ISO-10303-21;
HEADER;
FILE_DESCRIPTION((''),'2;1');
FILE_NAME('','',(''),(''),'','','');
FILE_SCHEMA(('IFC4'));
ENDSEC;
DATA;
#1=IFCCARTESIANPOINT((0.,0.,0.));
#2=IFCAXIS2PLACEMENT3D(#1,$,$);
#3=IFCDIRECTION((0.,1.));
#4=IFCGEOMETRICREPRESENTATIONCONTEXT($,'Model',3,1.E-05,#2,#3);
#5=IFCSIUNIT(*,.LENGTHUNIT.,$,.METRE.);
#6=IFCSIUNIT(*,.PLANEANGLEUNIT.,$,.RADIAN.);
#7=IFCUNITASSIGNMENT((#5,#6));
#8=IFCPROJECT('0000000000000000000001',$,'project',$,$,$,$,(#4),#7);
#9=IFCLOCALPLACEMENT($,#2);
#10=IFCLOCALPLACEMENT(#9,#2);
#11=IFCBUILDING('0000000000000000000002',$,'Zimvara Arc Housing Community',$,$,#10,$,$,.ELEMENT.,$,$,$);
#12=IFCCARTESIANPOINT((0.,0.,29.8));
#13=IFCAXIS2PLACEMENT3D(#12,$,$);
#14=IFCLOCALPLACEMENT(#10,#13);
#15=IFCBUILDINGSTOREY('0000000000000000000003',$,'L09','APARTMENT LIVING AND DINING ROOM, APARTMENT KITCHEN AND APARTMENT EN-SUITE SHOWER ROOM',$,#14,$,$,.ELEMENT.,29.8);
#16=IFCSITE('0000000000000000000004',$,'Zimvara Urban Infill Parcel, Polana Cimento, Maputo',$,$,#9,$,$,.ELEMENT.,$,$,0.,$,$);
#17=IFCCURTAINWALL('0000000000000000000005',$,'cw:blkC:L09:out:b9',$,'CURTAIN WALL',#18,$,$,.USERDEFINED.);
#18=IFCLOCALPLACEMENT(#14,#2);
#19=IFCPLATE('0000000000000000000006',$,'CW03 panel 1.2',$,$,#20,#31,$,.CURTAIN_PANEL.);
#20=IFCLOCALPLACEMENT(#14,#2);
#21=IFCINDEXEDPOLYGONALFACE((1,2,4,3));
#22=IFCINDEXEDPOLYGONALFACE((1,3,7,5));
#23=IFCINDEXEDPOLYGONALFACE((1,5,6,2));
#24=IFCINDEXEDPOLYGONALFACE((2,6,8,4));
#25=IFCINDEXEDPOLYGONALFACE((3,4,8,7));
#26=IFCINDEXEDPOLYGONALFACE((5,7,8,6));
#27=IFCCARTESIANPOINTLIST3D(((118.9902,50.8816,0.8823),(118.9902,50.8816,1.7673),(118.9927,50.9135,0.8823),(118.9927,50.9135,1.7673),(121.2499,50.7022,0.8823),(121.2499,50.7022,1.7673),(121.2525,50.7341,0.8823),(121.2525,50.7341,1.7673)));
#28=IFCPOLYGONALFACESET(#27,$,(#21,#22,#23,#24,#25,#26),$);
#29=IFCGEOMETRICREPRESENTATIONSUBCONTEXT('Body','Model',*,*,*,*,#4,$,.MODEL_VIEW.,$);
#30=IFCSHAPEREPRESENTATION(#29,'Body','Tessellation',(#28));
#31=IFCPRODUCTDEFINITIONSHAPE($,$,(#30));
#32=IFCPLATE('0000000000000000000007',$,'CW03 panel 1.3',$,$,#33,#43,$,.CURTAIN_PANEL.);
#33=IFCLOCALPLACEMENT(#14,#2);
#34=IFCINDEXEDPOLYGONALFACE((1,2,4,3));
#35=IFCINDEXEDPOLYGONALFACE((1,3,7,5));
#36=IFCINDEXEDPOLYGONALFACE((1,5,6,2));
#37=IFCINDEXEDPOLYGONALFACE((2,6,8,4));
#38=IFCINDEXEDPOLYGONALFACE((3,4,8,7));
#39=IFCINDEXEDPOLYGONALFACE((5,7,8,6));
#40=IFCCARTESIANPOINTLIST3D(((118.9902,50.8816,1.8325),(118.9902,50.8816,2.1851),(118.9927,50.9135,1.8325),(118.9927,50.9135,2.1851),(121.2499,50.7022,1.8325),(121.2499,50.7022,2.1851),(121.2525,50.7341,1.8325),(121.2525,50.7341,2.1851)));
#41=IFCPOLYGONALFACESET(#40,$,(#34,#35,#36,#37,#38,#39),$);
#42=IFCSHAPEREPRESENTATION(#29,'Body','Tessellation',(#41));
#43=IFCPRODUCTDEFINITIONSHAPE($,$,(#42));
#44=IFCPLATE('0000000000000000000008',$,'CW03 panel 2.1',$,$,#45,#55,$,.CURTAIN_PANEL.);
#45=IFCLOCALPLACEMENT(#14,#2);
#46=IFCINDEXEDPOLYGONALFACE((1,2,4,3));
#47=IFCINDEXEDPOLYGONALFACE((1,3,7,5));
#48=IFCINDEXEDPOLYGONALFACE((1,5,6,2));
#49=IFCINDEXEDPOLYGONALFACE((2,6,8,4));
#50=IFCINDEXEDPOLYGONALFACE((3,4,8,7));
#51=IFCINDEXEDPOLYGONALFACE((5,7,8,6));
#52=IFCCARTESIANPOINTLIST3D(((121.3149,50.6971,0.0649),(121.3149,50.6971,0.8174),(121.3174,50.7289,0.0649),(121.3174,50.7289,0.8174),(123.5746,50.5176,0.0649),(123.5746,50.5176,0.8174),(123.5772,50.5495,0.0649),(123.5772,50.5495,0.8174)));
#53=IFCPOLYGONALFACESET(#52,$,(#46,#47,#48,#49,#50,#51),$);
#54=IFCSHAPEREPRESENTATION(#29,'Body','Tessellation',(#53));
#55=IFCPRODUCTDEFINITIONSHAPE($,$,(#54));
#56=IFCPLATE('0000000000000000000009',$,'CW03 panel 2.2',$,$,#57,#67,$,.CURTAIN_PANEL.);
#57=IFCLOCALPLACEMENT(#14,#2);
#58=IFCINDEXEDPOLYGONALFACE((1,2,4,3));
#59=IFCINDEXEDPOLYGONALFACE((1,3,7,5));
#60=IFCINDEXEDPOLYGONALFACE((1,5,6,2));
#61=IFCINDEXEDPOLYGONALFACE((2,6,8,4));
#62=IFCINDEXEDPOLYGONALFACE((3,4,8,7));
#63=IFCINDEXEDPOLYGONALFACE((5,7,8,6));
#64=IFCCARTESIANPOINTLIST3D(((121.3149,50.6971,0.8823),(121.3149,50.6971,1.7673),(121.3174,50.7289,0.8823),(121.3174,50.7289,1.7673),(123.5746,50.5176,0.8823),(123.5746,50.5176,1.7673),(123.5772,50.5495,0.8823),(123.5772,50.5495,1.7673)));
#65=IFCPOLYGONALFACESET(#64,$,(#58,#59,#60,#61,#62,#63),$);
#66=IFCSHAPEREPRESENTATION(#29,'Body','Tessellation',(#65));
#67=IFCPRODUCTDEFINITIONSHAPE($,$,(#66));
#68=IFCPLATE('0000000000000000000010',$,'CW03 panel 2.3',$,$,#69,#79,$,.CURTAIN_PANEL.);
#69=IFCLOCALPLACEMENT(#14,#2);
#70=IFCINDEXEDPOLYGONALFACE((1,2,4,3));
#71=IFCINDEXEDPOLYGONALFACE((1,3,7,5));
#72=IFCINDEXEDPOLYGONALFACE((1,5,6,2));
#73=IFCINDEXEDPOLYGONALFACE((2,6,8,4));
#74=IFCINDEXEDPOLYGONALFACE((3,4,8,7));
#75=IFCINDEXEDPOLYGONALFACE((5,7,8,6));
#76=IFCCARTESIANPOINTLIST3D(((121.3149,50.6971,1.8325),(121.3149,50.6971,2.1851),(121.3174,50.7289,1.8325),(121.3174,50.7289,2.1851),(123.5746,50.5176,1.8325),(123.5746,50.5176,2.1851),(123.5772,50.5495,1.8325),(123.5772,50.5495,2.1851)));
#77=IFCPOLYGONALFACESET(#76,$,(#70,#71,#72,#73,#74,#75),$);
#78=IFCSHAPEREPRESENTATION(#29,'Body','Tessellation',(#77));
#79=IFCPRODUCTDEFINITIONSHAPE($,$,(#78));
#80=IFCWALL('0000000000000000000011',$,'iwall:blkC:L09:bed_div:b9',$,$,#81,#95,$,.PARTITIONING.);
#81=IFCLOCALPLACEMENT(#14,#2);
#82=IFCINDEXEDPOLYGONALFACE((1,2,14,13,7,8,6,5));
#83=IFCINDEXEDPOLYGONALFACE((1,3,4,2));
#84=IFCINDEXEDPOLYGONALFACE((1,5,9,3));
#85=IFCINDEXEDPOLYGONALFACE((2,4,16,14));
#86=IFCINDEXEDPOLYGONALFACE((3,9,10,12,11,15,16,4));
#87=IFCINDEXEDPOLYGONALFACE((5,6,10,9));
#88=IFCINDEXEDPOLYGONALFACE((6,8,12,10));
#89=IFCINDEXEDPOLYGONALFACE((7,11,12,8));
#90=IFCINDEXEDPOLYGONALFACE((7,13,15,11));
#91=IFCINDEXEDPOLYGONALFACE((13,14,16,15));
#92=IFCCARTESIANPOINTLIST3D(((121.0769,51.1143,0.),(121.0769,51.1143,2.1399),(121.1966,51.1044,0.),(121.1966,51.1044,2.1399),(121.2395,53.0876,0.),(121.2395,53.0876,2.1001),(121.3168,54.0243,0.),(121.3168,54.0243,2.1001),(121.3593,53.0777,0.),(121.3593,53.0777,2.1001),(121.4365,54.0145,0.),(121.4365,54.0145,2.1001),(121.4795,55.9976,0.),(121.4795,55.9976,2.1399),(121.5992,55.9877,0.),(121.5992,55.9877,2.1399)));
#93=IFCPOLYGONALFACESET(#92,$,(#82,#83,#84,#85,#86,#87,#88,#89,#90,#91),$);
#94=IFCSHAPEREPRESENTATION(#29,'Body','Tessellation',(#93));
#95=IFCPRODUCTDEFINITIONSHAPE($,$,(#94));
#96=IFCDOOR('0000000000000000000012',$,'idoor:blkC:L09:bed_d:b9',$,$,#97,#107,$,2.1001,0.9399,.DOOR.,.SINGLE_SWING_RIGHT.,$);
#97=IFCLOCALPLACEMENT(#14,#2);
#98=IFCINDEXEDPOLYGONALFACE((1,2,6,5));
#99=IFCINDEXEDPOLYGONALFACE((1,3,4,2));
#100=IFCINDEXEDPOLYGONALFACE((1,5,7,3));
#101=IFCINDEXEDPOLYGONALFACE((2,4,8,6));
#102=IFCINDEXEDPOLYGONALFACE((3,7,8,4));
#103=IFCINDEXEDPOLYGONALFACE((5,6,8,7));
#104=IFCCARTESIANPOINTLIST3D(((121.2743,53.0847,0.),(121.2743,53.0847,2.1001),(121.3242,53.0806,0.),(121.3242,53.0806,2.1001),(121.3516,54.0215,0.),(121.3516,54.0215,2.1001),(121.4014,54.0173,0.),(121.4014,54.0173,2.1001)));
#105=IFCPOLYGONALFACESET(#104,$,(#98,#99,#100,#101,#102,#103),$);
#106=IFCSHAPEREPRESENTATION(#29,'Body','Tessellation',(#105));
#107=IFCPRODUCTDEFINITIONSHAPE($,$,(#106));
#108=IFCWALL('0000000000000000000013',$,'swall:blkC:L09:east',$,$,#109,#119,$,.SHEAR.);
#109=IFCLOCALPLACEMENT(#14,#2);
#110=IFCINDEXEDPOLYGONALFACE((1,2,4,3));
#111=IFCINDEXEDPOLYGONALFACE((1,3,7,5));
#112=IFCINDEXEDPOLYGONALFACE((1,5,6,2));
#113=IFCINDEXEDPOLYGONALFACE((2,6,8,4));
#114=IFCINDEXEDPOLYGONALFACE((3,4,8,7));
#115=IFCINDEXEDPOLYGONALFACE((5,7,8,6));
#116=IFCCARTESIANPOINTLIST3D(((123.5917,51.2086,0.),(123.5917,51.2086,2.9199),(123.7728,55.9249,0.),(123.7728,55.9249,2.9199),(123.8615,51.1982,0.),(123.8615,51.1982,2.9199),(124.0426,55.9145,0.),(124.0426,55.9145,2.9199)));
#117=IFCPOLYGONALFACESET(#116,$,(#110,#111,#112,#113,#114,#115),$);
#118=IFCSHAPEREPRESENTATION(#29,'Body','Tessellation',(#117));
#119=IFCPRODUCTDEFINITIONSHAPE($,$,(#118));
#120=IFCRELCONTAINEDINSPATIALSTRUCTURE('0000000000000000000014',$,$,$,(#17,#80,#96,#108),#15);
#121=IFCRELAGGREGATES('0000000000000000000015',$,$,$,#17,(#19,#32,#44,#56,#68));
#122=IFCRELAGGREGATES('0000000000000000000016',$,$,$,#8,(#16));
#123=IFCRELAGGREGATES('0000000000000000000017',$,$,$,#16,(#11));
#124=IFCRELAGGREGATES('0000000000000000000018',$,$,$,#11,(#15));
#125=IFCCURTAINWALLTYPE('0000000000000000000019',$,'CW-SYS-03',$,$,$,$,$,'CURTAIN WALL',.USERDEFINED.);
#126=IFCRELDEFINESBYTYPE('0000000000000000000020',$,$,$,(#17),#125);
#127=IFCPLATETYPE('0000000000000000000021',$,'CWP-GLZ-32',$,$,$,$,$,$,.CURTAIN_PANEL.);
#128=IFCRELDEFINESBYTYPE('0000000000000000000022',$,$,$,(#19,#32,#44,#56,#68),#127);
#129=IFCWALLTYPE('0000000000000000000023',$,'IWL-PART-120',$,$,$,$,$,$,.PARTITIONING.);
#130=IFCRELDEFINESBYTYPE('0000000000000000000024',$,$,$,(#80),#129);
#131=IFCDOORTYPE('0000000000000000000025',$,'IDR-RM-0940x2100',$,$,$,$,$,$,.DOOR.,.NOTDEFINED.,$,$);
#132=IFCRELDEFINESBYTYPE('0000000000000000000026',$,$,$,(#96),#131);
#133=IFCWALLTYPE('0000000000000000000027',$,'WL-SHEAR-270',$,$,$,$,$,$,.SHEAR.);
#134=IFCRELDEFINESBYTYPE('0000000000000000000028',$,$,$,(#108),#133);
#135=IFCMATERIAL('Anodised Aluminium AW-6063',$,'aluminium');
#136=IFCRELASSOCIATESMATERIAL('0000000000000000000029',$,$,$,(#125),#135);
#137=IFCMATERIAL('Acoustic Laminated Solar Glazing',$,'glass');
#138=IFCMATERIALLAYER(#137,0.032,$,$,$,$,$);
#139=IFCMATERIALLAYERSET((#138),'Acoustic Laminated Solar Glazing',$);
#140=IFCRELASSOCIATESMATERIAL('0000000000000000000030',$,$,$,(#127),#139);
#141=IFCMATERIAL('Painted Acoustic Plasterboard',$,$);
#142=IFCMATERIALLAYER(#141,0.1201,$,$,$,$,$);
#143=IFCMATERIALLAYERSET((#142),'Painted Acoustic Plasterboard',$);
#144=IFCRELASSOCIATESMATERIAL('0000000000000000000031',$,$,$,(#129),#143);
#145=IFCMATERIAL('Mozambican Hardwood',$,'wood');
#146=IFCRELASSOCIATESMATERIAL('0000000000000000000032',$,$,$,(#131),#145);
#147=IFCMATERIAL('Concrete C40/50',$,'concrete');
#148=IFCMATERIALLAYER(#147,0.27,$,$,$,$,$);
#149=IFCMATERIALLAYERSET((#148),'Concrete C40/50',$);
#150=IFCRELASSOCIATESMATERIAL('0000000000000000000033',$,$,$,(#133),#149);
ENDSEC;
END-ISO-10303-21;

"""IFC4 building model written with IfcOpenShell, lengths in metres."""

from ifc_helpers import new_model, si_unit, direction, frame, frame_2d, origin, origin_2d, place, context, subcontext, project, spatial, rectangle, extrude, material, layer, layer_set, type_object, element, fill, aggregate, save


model = new_model("IFC4")

# Units and contexts
model_context = context("Model", 3, precision=1e-05, world=origin(), true_north=direction((0.0, 1.0)))
body_context = subcontext(model_context, "Body", "Model", "MODEL_VIEW")
ifc_project = project(units=[si_unit("LENGTHUNIT", "METRE"), si_unit("PLANEANGLEUNIT", "RADIAN")], contexts=[model_context])

# Site, building, storey
site_placement = place(None, origin())
site = spatial("IfcSite", under=ifc_project, at=site_placement, Name="Zimvara Urban Infill Parcel, Polana Cimento, Maputo", CompositionType="ELEMENT", RefElevation=0.0)
building_placement = place(site_placement, origin())
building = spatial("IfcBuilding", under=site, at=building_placement, Name="Zimvara Arc Housing Community", CompositionType="ELEMENT")
storey_placement = place(building_placement, frame((0.0, 0.0, 29.8)))
storey = spatial("IfcBuildingStorey", under=building, at=storey_placement, Name="L09", Description="APARTMENT LIVING AND DINING ROOM, APARTMENT KITCHEN AND APARTMENT EN-SUITE SHOWER ROOM", CompositionType="ELEMENT", Elevation=29.8)

# Curtain wall, plates
ifc_material_1 = material(Name="Anodised Aluminium AW-6063", Category="aluminium")
curtain_wall_type = type_object("IfcCurtainWallType", Name="CW-SYS-03", ElementType="CURTAIN WALL", PredefinedType="USERDEFINED", material=ifc_material_1)
curtain_wall_placement = place(storey_placement, origin())
curtain_wall = element("IfcCurtainWall", 1, at=curtain_wall_placement, inside=storey, type_object=curtain_wall_type, Name="cw:blkC:L09:out:b9", ObjectType="CURTAIN WALL", PredefinedType="USERDEFINED")
ifc_material_2 = material(Name="Acoustic Laminated Solar Glazing", Category="glass")
ifc_layer_1 = layer(ifc_material_2, 0.032)
ifc_layer_set_1 = layer_set([ifc_layer_1], Name="Acoustic Laminated Solar Glazing")
plate_type = type_object("IfcPlateType", Name="CWP-GLZ-32", PredefinedType="CURTAIN_PANEL", material=ifc_layer_set_1)
plate_1_placement = place(storey_placement, frame((120.1213, 50.8079, 0.8823), z_axis=(0.0, 0.0, 1.0), x_axis=(0.996862, -0.079154, 0.0)))
plate_1 = element("IfcPlate", 2, at=plate_1_placement, type_object=plate_type, Name="CW03 panel 1.2", PredefinedType="CURTAIN_PANEL", context=body_context, shape_type="SweptSolid", body=[
    extrude(rectangle(XDim=2.2668, YDim=0.032, at=origin_2d()), origin(), (0.0, 0.0, 1.0), 0.885),
])
plate_2_placement = place(storey_placement, frame((120.1213, 50.8079, 1.8325), z_axis=(0.0, 0.0, 1.0), x_axis=(0.996862, -0.079154, 0.0)))
plate_2 = element("IfcPlate", 3, at=plate_2_placement, type_object=plate_type, Name="CW03 panel 1.3", PredefinedType="CURTAIN_PANEL", context=body_context, shape_type="SweptSolid", body=[
    extrude(rectangle(XDim=2.2668, YDim=0.032, at=origin_2d()), origin(), (0.0, 0.0, 1.0), 0.3525),
])
plate_3_placement = place(storey_placement, frame((122.446, 50.6233, 0.0649), z_axis=(0.0, 0.0, 1.0), x_axis=(0.996862, -0.079154, 0.0)))
plate_3 = element("IfcPlate", 4, at=plate_3_placement, type_object=plate_type, Name="CW03 panel 2.1", PredefinedType="CURTAIN_PANEL", context=body_context, shape_type="SweptSolid", body=[
    extrude(rectangle(XDim=2.2668, YDim=0.032, at=origin_2d()), origin(), (0.0, 0.0, 1.0), 0.7524),
])
plate_4_placement = place(storey_placement, frame((122.446, 50.6233, 0.8823), z_axis=(0.0, 0.0, 1.0), x_axis=(0.996862, -0.079154, 0.0)))
plate_4 = element("IfcPlate", 5, at=plate_4_placement, type_object=plate_type, Name="CW03 panel 2.2", PredefinedType="CURTAIN_PANEL", context=body_context, shape_type="SweptSolid", body=[
    extrude(rectangle(XDim=2.2668, YDim=0.032, at=origin_2d()), origin(), (0.0, 0.0, 1.0), 0.885),
])
plate_5_placement = place(storey_placement, frame((122.446, 50.6233, 1.8325), z_axis=(0.0, 0.0, 1.0), x_axis=(0.996862, -0.079154, 0.0)))
plate_5 = element("IfcPlate", 6, at=plate_5_placement, type_object=plate_type, Name="CW03 panel 2.3", PredefinedType="CURTAIN_PANEL", context=body_context, shape_type="SweptSolid", body=[
    extrude(rectangle(XDim=2.2668, YDim=0.032, at=origin_2d()), origin(), (0.0, 0.0, 1.0), 0.3525),
])
aggregate(curtain_wall, [plate_1, plate_2, plate_3, plate_4, plate_5])

# Wall, opening, door
ifc_material_3 = material(Name="Painted Acoustic Plasterboard")
ifc_layer_2 = layer(ifc_material_3, 0.1201)
ifc_layer_set_2 = layer_set([ifc_layer_2], Name="Painted Acoustic Plasterboard")
wall_type_1 = type_object("IfcWallType", Name="IWL-PART-120", PredefinedType="PARTITIONING", material=ifc_layer_set_2)
wall_1_placement = place(storey_placement, frame((121.5393, 55.9927, 0.0), z_axis=(0.0, 0.0, 1.0), x_axis=(-0.082163, -0.996619, 0.0)))
wall_1 = element("IfcWall", 7, at=wall_1_placement, inside=storey, type_object=wall_type_1, Name="iwall:blkC:L09:bed_div:b9", PredefinedType="PARTITIONING", context=body_context, shape_type="SweptSolid", body=[
    extrude(rectangle(XDim=4.8999, YDim=0.1201, at=frame_2d((2.45, 0.0))), origin(), (0.0, 0.0, 1.0), 2.1399),
])
opening_1_placement = place(wall_1_placement, frame((1.98, 0.0, 0.0)))
opening_1 = element("IfcOpeningElement", 8, at=opening_1_placement, cuts=wall_1, PredefinedType="OPENING", context=body_context, shape_type="SweptSolid", body=[
    extrude(rectangle(XDim=0.9399, YDim=2.1001, at=frame_2d((0.47, 1.05))), frame((0.0, 0.0701, 0.0), z_axis=(0.0, -1.0, 0.0), x_axis=(1.0, 0.0, 0.0)), (0.0, 0.0, 1.0), 0.1401),
])
ifc_material_4 = material(Name="Mozambican Hardwood", Category="wood")
door_type_1 = type_object("IfcDoorType", Name="IDR-RM-0940x2100", OperationType="NOTDEFINED", PredefinedType="DOOR", material=ifc_material_4)
door_1_placement = place(opening_1_placement, origin())
door_1 = element("IfcDoor", 9, at=door_1_placement, inside=storey, type_object=door_type_1, Name="idoor:blkC:L09:bed_d:b9", OperationType="SINGLE_SWING_RIGHT", OverallHeight=2.1001, OverallWidth=0.9399, PredefinedType="DOOR", context=body_context, shape_type="SweptSolid", body=[
    extrude(rectangle(XDim=0.9399, YDim=2.1001, at=frame_2d((0.47, 1.05))), frame((0.0, 0.0249, 0.0), z_axis=(0.0, -1.0, 0.0), x_axis=(1.0, 0.0, 0.0)), (0.0, 0.0, 1.0), 0.05),
])
fill(opening_1, door_1)

# Wall
ifc_material_5 = material(Name="Concrete C40/50", Category="concrete")
ifc_layer_3 = layer(ifc_material_5, 0.27)
ifc_layer_set_3 = layer_set([ifc_layer_3], Name="Concrete C40/50")
wall_type_2 = type_object("IfcWallType", Name="WL-SHEAR-270", PredefinedType="SHEAR", material=ifc_layer_set_3)
wall_2_placement = place(storey_placement, frame((123.9077, 55.9197, 0.0), z_axis=(0.0, 0.0, 1.0), x_axis=(-0.038381, -0.999263, 0.0)))
element("IfcWall", 10, at=wall_2_placement, inside=storey, type_object=wall_type_2, Name="swall:blkC:L09:east", PredefinedType="SHEAR", context=body_context, shape_type="SweptSolid", body=[
    extrude(rectangle(XDim=4.7197, YDim=0.27, at=frame_2d((2.3599, 0.0))), origin(), (0.0, 0.0, 1.0), 2.9199),
])

save(model, "model.ifc")
